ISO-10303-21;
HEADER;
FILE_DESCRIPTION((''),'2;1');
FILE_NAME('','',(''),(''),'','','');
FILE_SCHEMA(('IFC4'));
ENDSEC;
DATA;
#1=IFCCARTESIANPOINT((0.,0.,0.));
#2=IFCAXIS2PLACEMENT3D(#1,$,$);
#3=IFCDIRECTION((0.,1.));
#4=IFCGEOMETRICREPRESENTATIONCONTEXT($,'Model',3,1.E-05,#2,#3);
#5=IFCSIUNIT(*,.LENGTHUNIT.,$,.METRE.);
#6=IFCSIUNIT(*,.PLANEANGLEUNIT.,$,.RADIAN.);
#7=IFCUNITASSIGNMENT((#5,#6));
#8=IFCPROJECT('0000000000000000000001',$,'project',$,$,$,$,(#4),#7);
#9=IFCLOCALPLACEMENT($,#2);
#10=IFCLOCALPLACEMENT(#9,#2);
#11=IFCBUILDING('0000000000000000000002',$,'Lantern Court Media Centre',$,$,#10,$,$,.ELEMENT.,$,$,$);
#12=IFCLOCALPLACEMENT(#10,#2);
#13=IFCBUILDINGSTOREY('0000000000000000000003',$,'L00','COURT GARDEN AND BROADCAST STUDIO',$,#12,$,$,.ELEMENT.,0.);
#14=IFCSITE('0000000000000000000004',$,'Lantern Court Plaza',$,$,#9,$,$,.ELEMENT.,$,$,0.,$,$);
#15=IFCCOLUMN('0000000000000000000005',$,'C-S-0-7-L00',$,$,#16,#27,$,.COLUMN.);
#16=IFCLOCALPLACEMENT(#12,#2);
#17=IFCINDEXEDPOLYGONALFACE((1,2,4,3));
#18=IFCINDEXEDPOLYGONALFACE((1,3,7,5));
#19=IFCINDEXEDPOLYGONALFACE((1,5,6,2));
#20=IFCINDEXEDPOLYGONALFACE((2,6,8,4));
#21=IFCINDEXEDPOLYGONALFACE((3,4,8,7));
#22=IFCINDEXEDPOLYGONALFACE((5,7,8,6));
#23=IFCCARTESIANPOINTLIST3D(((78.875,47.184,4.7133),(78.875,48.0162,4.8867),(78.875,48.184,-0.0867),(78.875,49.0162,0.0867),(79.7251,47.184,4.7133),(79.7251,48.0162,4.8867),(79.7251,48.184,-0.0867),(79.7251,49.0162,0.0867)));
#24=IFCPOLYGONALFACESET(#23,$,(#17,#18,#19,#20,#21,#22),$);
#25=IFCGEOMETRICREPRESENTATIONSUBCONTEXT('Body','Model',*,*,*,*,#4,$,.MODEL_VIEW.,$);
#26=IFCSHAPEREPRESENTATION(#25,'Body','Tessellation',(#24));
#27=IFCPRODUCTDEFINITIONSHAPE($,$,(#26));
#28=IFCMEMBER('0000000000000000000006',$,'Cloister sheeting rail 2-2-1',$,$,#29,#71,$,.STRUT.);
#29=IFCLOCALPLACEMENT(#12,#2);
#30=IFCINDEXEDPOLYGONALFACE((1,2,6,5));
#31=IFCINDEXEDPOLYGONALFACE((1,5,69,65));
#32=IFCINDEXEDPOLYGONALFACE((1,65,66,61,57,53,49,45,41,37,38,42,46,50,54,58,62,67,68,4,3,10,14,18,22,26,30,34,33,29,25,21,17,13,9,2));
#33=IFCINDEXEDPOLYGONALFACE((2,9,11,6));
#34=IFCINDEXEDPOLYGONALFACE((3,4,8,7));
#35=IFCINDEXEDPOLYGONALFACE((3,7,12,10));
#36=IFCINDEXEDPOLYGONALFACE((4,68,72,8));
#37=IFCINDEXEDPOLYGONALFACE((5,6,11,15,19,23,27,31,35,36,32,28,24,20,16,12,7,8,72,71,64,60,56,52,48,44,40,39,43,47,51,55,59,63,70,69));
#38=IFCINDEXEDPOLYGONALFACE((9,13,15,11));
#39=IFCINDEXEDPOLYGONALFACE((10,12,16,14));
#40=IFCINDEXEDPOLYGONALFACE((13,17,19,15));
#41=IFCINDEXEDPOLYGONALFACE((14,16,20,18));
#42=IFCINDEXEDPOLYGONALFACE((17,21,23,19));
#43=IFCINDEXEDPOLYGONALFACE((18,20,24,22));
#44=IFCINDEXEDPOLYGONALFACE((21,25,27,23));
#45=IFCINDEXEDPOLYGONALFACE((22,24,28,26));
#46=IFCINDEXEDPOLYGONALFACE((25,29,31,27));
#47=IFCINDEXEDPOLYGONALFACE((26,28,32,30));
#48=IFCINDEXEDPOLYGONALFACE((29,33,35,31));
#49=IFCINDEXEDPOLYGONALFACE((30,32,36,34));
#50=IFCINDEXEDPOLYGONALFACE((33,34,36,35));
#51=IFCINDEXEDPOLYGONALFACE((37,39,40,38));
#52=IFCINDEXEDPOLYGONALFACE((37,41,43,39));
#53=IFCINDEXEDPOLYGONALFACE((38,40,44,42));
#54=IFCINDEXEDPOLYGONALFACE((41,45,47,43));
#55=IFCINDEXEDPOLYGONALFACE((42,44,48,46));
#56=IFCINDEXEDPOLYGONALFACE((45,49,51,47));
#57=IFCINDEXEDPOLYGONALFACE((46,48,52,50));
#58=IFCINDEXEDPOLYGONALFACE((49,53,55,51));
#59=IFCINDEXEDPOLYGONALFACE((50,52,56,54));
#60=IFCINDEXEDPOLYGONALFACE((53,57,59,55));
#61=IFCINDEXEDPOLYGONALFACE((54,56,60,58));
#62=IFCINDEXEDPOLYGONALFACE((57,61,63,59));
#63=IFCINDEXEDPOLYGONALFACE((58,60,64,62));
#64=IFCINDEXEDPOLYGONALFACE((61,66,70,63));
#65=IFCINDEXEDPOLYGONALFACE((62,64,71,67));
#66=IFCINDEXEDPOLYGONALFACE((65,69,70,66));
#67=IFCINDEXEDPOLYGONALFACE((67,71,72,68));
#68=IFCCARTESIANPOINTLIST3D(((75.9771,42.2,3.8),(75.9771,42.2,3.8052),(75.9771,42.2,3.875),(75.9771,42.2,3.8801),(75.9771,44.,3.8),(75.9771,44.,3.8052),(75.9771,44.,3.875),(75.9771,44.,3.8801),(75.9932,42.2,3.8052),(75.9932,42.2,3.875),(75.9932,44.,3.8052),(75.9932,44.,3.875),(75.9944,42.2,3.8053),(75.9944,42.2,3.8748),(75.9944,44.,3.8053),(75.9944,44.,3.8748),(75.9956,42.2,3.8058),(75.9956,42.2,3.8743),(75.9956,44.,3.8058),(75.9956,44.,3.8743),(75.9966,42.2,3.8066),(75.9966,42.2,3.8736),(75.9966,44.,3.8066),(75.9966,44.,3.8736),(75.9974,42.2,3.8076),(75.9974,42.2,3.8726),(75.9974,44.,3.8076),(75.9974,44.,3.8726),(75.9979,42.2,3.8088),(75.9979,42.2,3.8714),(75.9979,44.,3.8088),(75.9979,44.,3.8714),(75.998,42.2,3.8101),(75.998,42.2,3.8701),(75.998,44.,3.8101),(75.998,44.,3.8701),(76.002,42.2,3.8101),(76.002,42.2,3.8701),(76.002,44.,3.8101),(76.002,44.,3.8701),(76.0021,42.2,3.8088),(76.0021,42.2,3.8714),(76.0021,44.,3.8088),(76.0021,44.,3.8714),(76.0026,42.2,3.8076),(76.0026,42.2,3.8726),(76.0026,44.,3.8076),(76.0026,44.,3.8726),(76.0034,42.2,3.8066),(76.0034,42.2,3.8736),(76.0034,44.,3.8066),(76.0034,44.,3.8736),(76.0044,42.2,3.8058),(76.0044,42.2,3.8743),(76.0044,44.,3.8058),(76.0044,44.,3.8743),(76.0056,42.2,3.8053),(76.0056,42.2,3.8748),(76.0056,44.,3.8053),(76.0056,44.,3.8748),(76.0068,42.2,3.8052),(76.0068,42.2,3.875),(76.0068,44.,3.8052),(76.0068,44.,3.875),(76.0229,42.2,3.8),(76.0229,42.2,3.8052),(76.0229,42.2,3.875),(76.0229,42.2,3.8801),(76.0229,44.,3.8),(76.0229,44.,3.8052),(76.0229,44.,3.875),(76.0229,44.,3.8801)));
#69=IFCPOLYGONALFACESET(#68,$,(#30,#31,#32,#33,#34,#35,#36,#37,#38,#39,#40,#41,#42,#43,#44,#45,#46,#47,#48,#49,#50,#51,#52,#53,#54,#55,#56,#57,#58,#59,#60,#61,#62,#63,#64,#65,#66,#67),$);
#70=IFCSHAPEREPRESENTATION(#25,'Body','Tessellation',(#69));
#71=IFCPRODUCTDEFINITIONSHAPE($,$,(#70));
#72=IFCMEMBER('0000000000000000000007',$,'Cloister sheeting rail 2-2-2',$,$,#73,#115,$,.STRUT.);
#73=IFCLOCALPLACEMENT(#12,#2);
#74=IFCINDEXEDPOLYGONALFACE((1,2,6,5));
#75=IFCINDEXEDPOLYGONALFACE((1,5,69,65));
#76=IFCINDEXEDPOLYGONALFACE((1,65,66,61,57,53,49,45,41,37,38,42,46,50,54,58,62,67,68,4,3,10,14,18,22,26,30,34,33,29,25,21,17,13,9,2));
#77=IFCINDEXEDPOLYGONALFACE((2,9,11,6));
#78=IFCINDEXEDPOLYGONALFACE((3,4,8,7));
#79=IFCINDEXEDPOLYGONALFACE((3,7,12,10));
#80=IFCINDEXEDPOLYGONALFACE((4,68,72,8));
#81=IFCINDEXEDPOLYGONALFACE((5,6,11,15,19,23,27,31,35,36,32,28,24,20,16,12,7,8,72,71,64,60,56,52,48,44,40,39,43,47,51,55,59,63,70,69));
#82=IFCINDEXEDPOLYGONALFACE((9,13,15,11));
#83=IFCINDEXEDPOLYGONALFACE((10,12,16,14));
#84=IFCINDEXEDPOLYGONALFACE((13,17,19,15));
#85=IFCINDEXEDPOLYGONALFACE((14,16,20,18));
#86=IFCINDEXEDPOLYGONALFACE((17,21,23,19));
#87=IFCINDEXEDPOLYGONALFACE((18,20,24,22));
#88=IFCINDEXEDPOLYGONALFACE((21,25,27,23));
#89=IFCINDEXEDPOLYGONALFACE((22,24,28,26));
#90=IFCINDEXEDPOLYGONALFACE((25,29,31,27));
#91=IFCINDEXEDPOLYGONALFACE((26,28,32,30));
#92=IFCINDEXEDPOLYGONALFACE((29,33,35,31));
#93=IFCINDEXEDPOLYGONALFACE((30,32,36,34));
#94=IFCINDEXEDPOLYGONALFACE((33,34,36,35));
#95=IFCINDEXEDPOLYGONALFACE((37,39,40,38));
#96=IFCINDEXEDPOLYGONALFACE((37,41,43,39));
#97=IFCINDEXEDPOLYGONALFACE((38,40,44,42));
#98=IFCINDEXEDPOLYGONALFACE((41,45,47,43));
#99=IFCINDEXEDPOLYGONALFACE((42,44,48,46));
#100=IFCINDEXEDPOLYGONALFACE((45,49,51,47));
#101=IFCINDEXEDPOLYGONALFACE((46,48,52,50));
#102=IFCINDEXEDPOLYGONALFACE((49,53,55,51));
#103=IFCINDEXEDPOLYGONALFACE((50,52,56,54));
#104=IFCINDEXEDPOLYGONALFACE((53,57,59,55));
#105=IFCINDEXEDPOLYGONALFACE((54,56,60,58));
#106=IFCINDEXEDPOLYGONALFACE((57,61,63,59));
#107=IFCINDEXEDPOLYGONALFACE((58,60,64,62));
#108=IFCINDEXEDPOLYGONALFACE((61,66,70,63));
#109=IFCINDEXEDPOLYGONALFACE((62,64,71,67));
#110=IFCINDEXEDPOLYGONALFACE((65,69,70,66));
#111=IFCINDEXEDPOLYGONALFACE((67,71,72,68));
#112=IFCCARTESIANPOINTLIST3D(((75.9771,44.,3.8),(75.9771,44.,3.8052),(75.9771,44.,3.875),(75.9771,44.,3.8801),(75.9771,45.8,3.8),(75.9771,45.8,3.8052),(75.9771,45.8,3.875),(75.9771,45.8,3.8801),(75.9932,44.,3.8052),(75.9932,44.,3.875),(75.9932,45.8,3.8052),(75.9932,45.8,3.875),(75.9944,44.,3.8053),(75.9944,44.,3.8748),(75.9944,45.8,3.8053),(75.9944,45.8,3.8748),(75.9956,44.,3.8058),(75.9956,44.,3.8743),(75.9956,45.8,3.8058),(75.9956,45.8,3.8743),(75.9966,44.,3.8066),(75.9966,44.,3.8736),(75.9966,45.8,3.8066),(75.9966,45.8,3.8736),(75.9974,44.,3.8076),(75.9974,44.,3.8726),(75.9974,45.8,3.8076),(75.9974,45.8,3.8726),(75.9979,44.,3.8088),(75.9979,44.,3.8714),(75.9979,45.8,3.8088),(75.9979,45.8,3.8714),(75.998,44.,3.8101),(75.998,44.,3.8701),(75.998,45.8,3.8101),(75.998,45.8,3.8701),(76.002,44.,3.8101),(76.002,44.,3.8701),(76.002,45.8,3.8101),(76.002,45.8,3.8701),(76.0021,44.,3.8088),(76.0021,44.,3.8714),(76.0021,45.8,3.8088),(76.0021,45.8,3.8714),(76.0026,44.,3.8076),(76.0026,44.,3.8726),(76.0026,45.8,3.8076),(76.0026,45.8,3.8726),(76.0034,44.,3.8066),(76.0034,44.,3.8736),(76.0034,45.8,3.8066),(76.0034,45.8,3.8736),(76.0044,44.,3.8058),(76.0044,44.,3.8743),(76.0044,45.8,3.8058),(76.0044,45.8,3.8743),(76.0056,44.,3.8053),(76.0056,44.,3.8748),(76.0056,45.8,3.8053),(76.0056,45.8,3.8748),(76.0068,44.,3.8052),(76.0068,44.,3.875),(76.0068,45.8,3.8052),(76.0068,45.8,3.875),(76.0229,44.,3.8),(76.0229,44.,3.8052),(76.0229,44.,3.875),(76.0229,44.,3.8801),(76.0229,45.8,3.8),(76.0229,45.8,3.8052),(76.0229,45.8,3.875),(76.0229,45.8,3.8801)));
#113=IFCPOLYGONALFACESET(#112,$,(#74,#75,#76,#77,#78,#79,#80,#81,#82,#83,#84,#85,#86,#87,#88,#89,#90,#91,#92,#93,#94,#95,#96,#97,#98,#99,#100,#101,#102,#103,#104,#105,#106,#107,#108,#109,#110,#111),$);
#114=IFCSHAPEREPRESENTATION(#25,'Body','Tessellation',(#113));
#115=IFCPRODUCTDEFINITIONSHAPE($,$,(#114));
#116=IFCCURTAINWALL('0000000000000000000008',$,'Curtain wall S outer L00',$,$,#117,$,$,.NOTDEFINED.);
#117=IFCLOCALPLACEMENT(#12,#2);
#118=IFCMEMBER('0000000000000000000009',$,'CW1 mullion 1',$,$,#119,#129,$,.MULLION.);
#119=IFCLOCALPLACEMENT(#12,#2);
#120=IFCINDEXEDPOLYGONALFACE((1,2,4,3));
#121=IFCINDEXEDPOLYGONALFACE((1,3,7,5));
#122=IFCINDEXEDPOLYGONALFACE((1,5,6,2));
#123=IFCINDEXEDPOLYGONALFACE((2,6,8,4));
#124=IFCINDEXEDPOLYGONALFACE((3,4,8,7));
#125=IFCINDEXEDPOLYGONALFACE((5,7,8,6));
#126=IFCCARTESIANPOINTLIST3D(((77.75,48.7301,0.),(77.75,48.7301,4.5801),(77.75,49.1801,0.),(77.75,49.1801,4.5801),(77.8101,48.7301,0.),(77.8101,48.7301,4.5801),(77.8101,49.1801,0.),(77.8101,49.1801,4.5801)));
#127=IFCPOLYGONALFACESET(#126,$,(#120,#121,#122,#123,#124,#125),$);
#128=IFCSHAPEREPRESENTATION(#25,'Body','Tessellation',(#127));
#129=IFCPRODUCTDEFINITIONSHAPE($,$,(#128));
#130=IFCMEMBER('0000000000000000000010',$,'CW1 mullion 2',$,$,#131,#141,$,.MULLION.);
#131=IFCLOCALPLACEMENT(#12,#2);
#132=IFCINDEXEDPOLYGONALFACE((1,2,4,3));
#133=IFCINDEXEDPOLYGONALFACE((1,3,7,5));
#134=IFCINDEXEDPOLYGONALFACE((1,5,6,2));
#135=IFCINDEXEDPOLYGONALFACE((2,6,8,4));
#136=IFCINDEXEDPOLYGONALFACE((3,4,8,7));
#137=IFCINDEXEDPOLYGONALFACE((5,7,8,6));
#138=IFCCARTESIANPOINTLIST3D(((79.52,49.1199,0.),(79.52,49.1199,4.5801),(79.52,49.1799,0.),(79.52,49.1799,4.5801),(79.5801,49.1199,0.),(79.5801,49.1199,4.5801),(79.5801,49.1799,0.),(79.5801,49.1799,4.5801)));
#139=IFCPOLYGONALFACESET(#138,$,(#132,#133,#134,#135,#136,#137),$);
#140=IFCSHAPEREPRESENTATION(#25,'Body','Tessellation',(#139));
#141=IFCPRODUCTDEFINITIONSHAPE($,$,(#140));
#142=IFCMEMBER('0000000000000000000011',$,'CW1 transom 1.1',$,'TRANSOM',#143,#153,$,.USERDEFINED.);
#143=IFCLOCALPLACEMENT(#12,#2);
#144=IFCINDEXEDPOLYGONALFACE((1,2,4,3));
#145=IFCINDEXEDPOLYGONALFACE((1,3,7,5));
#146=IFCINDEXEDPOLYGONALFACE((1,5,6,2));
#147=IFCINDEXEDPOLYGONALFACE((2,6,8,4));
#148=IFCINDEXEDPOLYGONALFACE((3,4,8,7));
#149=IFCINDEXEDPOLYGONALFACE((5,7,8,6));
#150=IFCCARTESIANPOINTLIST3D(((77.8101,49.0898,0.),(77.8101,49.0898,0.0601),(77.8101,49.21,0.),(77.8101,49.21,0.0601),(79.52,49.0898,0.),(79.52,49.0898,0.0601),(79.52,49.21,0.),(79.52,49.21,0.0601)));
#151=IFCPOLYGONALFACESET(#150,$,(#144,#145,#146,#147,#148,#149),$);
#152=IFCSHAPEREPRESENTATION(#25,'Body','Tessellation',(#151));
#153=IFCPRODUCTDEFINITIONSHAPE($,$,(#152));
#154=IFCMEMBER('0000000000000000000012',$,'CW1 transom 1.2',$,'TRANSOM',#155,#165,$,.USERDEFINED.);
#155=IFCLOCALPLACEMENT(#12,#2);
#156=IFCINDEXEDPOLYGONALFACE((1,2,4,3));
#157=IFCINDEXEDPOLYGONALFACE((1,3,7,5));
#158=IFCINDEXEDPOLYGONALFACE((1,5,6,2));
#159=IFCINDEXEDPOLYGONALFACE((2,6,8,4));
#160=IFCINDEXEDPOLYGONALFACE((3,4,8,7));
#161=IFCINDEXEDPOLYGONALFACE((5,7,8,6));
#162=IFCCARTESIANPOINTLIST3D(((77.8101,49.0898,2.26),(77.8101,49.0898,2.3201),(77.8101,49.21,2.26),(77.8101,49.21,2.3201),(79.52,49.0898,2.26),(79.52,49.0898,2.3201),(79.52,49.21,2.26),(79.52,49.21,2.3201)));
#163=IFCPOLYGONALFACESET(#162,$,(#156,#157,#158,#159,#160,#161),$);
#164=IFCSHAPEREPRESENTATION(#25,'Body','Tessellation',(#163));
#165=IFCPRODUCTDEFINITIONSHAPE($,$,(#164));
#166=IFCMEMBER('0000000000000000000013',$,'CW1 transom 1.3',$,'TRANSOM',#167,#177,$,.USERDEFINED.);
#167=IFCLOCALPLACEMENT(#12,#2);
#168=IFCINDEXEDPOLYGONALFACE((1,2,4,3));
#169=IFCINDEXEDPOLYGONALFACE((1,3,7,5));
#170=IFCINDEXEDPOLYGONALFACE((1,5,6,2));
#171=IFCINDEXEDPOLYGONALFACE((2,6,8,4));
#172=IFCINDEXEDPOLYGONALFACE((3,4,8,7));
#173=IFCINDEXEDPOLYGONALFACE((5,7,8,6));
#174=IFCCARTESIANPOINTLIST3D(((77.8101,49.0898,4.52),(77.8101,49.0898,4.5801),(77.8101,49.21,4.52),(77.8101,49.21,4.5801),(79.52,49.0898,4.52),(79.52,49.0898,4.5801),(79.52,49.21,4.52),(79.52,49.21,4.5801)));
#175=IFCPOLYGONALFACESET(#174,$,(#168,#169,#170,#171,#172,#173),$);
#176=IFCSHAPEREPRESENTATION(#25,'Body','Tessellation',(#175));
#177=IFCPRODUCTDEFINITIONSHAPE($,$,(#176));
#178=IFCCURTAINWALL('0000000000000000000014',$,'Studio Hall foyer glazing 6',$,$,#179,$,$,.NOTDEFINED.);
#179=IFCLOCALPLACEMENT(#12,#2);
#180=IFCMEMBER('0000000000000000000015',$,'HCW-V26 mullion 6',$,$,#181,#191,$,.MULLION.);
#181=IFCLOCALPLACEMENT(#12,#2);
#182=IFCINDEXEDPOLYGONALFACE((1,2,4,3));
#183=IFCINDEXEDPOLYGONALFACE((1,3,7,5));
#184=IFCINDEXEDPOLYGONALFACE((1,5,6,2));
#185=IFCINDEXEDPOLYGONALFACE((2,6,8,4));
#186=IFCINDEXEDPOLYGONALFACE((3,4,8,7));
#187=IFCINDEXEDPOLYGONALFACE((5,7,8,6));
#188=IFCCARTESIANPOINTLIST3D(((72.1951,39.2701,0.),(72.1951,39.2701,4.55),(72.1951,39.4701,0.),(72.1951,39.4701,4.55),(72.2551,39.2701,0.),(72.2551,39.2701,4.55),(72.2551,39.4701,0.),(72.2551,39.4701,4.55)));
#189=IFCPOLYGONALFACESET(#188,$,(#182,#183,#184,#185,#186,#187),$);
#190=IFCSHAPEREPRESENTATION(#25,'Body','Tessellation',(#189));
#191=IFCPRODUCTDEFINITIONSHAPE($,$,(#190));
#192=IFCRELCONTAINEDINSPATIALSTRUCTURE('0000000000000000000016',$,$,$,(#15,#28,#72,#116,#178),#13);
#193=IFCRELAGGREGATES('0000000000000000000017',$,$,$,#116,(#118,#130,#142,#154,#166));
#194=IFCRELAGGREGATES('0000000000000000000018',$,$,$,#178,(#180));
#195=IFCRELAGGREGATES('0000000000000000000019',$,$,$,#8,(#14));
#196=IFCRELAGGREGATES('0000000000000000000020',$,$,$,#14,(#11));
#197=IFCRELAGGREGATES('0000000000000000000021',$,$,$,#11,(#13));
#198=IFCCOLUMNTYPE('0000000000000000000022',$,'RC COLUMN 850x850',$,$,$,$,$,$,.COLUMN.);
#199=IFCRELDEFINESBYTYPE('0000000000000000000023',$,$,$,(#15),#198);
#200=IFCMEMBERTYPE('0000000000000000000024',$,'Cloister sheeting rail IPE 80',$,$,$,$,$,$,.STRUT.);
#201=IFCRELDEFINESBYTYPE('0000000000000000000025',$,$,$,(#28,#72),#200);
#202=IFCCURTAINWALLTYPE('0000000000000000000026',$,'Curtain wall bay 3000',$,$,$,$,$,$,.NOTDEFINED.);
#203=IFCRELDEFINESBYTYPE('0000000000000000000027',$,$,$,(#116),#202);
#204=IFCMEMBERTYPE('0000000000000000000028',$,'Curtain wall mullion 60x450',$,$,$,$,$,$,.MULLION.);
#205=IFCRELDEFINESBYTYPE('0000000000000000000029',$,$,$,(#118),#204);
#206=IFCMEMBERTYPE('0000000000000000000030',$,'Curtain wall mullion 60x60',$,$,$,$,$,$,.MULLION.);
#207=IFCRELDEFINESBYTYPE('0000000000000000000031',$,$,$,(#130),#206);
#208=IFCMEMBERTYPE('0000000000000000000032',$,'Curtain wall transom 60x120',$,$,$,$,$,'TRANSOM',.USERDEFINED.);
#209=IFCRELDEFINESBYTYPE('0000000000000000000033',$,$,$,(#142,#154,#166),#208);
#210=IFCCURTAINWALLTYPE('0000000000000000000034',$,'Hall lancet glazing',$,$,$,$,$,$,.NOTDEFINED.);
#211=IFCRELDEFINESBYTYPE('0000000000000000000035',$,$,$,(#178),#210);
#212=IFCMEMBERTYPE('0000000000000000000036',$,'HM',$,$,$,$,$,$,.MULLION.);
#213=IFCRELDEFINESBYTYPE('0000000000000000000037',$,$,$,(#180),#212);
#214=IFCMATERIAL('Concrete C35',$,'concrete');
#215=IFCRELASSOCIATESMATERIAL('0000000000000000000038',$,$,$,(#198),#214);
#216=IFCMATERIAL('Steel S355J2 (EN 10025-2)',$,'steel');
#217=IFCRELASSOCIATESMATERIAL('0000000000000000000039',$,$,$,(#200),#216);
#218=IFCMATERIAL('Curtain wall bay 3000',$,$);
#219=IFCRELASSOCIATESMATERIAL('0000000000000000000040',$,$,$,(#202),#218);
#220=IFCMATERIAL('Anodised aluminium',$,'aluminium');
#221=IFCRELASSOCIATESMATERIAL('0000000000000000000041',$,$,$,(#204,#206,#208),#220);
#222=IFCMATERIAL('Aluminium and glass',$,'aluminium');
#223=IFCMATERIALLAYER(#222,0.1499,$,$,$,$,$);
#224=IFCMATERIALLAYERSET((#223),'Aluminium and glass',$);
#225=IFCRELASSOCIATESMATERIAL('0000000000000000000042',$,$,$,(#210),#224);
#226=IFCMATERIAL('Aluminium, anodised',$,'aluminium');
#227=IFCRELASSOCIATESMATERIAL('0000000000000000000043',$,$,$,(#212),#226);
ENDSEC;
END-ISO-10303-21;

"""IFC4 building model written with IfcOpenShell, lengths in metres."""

from ifc_helpers import new_model, si_unit, direction, frame, origin, origin_2d, place, context, subcontext, project, spatial, rectangle, i_section, extrude, material, layer, layer_set, material_profile, profile_set, type_object, element, aggregate, save


model = new_model("IFC4")

# Units and contexts
model_context = context("Model", 3, precision=1e-05, world=origin(), true_north=direction((0.0, 1.0)))
body_context = subcontext(model_context, "Body", "Model", "MODEL_VIEW")
ifc_project = project(units=[si_unit("LENGTHUNIT", "METRE"), si_unit("PLANEANGLEUNIT", "RADIAN")], contexts=[model_context])

# Site, building, storey
site_placement = place(None, origin())
site = spatial("IfcSite", under=ifc_project, at=site_placement, Name="Lantern Court Plaza", CompositionType="ELEMENT", RefElevation=0.0)
building_placement = place(site_placement, origin())
building = spatial("IfcBuilding", under=site, at=building_placement, Name="Lantern Court Media Centre", CompositionType="ELEMENT")
storey_placement = place(building_placement, origin())
storey = spatial("IfcBuildingStorey", under=building, at=storey_placement, Name="L00", Description="COURT GARDEN AND BROADCAST STUDIO", CompositionType="ELEMENT", Elevation=0.0)

# Column
ifc_material_1 = material(Name="Concrete C35", Category="concrete")
ifc_material_profile_1 = material_profile(ifc_material_1, rectangle(XDim=0.8501, YDim=0.8501, at=origin_2d()), Name="RC 850x850")
ifc_profile_set_1 = profile_set([ifc_material_profile_1], Name="Concrete C35")
column_type = type_object("IfcColumnType", Name="RC COLUMN 850x850", PredefinedType="COLUMN", material=ifc_profile_set_1)
column_placement = place(storey_placement, frame((79.3, 48.6001, 0.0), z_axis=(0.0, -0.203952, 0.978981), x_axis=(1.0, 0.0, 0.0)))
element("IfcColumn", 1, at=column_placement, inside=storey, type_object=column_type, Name="C-S-0-7-L00", PredefinedType="COLUMN", context=body_context, shape_type="SweptSolid", body=[
    extrude(rectangle(XDim=0.8501, YDim=0.8501, at=origin_2d()), origin(), (0.0, 0.0, 1.0), 4.9031),
])

# Members
ifc_material_2 = material(Name="Steel S355J2 (EN 10025-2)", Category="steel")
ifc_material_profile_2 = material_profile(ifc_material_2, i_section(OverallWidth=0.0459, OverallDepth=0.0801, WebThickness=0.0039, FlangeThickness=0.0051, FilletRadius=0.0049, at=origin_2d()), Name="IPE 80")
ifc_profile_set_2 = profile_set([ifc_material_profile_2], Name="Steel S355J2 (EN 10025-2)")
member_type_1 = type_object("IfcMemberType", Name="Cloister sheeting rail IPE 80", PredefinedType="STRUT", material=ifc_profile_set_2)
for number, where, z_axis, x_axis, name in (
    (2, (76.0, 42.2, 3.8401), (0.0, 1.0, 0.0), (-1.0, 0.0, 0.0), "Cloister sheeting rail 2-2-1"),
    (3, (76.0, 44.0, 3.8401), (0.0, 1.0, 0.0), (-1.0, 0.0, 0.0), "Cloister sheeting rail 2-2-2"),
):
    element("IfcMember", number, at=place(storey_placement, frame(where, z_axis=z_axis, x_axis=x_axis)), inside=storey, type_object=member_type_1, Name=name, PredefinedType="STRUT", context=body_context, shape_type="SweptSolid", body=[
        extrude(i_section(OverallWidth=0.0459, OverallDepth=0.0801, WebThickness=0.0039, FlangeThickness=0.0051, FilletRadius=0.0049, at=origin_2d()), origin(), (0.0, 0.0, 1.0), 1.8),
    ])

# Curtain walls, members
ifc_material_3 = material(Name="Curtain wall bay 3000")
curtain_wall_type_1 = type_object("IfcCurtainWallType", Name="Curtain wall bay 3000", PredefinedType="NOTDEFINED", material=ifc_material_3)
curtain_wall_1_placement = place(storey_placement, origin())
curtain_wall_1 = element("IfcCurtainWall", 4, at=curtain_wall_1_placement, inside=storey, type_object=curtain_wall_type_1, Name="Curtain wall S outer L00", PredefinedType="NOTDEFINED")
ifc_material_4 = material(Name="Anodised aluminium", Category="aluminium")
ifc_material_profile_3 = material_profile(ifc_material_4, rectangle(XDim=0.45, YDim=0.0601, at=origin_2d()), Name="AL 60x450")
ifc_profile_set_3 = profile_set([ifc_material_profile_3], Name="Anodised aluminium")
member_type_2 = type_object("IfcMemberType", Name="Curtain wall mullion 60x450", PredefinedType="MULLION", material=ifc_profile_set_3)
member_1_placement = place(storey_placement, frame((77.78, 48.9551, 0.0), z_axis=(0.0, 0.0, 1.0), x_axis=(0.0, 1.0, 0.0)))
member_1 = element("IfcMember", 5, at=member_1_placement, type_object=member_type_2, Name="CW1 mullion 1", PredefinedType="MULLION", context=body_context, shape_type="SweptSolid", body=[
    extrude(rectangle(XDim=0.45, YDim=0.0601, at=origin_2d()), origin(), (0.0, 0.0, 1.0), 4.5801),
])
ifc_material_profile_4 = material_profile(ifc_material_4, rectangle(XDim=0.0601, YDim=0.0601, at=origin_2d()), Name="AL 60x60")
ifc_profile_set_4 = profile_set([ifc_material_profile_4], Name="Anodised aluminium")
member_type_3 = type_object("IfcMemberType", Name="Curtain wall mullion 60x60", PredefinedType="MULLION", material=ifc_profile_set_4)
member_2_placement = place(storey_placement, frame((79.55, 49.1499, 0.0), z_axis=(0.0, 0.0, 1.0), x_axis=(0.0, 1.0, 0.0)))
member_2 = element("IfcMember", 6, at=member_2_placement, type_object=member_type_3, Name="CW1 mullion 2", PredefinedType="MULLION", context=body_context, shape_type="SweptSolid", body=[
    extrude(rectangle(XDim=0.0601, YDim=0.0601, at=origin_2d()), origin(), (0.0, 0.0, 1.0), 4.5801),
])
ifc_material_profile_5 = material_profile(ifc_material_4, rectangle(XDim=0.1201, YDim=0.0601, at=origin_2d()), Name="AL 60x120")
ifc_profile_set_5 = profile_set([ifc_material_profile_5], Name="Anodised aluminium")
member_type_4 = type_object("IfcMemberType", Name="Curtain wall transom 60x120", ElementType="TRANSOM", PredefinedType="USERDEFINED", material=ifc_profile_set_5)
member_3_placement = place(storey_placement, frame((77.8101, 49.1499, 0.03), z_axis=(1.0, 0.0, 0.0), x_axis=(0.0, 1.0, 0.0)))
member_3 = element("IfcMember", 7, at=member_3_placement, type_object=member_type_4, Name="CW1 transom 1.1", ObjectType="TRANSOM", PredefinedType="USERDEFINED", context=body_context, shape_type="SweptSolid", body=[
    extrude(rectangle(XDim=0.1201, YDim=0.0601, at=origin_2d()), origin(), (0.0, 0.0, 1.0), 1.71),
])
member_4_placement = place(storey_placement, frame((77.8101, 49.1499, 2.29), z_axis=(1.0, 0.0, 0.0), x_axis=(0.0, 1.0, 0.0)))
member_4 = element("IfcMember", 8, at=member_4_placement, type_object=member_type_4, Name="CW1 transom 1.2", ObjectType="TRANSOM", PredefinedType="USERDEFINED", context=body_context, shape_type="SweptSolid", body=[
    extrude(rectangle(XDim=0.1201, YDim=0.0601, at=origin_2d()), origin(), (0.0, 0.0, 1.0), 1.71),
])
member_5_placement = place(storey_placement, frame((77.8101, 49.1499, 4.55), z_axis=(1.0, 0.0, 0.0), x_axis=(0.0, 1.0, 0.0)))
member_5 = element("IfcMember", 9, at=member_5_placement, type_object=member_type_4, Name="CW1 transom 1.3", ObjectType="TRANSOM", PredefinedType="USERDEFINED", context=body_context, shape_type="SweptSolid", body=[
    extrude(rectangle(XDim=0.1201, YDim=0.0601, at=origin_2d()), origin(), (0.0, 0.0, 1.0), 1.71),
])
ifc_material_5 = material(Name="Aluminium and glass", Category="aluminium")
ifc_layer_1 = layer(ifc_material_5, 0.1499)
ifc_layer_set_1 = layer_set([ifc_layer_1], Name="Aluminium and glass")
curtain_wall_type_2 = type_object("IfcCurtainWallType", Name="Hall lancet glazing", PredefinedType="NOTDEFINED", material=ifc_layer_set_1)
curtain_wall_2_placement = place(storey_placement, origin())
curtain_wall_2 = element("IfcCurtainWall", 10, at=curtain_wall_2_placement, inside=storey, type_object=curtain_wall_type_2, Name="Studio Hall foyer glazing 6", PredefinedType="NOTDEFINED")
ifc_material_6 = material(Name="Aluminium, anodised", Category="aluminium")
ifc_material_profile_6 = material_profile(ifc_material_6, rectangle(XDim=0.0601, YDim=0.2, at=origin_2d()), Name="HM")
ifc_profile_set_6 = profile_set([ifc_material_profile_6], Name="Aluminium, anodised")
member_type_5 = type_object("IfcMemberType", Name="HM", PredefinedType="MULLION", material=ifc_profile_set_6)
member_6_placement = place(storey_placement, frame((72.2251, 39.3701, 0.0), z_axis=(0.0, 0.0, 1.0), x_axis=(-1.0, 0.0, 0.0)))
member_6 = element("IfcMember", 11, at=member_6_placement, type_object=member_type_5, Name="HCW-V26 mullion 6", PredefinedType="MULLION", context=body_context, shape_type="SweptSolid", body=[
    extrude(rectangle(XDim=0.0601, YDim=0.2, at=origin_2d()), origin(), (0.0, 0.0, 1.0), 4.55),
])

aggregate(curtain_wall_1, [member_1, member_2, member_3, member_4, member_5])
aggregate(curtain_wall_2, [member_6])

save(model, "model.ifc")
